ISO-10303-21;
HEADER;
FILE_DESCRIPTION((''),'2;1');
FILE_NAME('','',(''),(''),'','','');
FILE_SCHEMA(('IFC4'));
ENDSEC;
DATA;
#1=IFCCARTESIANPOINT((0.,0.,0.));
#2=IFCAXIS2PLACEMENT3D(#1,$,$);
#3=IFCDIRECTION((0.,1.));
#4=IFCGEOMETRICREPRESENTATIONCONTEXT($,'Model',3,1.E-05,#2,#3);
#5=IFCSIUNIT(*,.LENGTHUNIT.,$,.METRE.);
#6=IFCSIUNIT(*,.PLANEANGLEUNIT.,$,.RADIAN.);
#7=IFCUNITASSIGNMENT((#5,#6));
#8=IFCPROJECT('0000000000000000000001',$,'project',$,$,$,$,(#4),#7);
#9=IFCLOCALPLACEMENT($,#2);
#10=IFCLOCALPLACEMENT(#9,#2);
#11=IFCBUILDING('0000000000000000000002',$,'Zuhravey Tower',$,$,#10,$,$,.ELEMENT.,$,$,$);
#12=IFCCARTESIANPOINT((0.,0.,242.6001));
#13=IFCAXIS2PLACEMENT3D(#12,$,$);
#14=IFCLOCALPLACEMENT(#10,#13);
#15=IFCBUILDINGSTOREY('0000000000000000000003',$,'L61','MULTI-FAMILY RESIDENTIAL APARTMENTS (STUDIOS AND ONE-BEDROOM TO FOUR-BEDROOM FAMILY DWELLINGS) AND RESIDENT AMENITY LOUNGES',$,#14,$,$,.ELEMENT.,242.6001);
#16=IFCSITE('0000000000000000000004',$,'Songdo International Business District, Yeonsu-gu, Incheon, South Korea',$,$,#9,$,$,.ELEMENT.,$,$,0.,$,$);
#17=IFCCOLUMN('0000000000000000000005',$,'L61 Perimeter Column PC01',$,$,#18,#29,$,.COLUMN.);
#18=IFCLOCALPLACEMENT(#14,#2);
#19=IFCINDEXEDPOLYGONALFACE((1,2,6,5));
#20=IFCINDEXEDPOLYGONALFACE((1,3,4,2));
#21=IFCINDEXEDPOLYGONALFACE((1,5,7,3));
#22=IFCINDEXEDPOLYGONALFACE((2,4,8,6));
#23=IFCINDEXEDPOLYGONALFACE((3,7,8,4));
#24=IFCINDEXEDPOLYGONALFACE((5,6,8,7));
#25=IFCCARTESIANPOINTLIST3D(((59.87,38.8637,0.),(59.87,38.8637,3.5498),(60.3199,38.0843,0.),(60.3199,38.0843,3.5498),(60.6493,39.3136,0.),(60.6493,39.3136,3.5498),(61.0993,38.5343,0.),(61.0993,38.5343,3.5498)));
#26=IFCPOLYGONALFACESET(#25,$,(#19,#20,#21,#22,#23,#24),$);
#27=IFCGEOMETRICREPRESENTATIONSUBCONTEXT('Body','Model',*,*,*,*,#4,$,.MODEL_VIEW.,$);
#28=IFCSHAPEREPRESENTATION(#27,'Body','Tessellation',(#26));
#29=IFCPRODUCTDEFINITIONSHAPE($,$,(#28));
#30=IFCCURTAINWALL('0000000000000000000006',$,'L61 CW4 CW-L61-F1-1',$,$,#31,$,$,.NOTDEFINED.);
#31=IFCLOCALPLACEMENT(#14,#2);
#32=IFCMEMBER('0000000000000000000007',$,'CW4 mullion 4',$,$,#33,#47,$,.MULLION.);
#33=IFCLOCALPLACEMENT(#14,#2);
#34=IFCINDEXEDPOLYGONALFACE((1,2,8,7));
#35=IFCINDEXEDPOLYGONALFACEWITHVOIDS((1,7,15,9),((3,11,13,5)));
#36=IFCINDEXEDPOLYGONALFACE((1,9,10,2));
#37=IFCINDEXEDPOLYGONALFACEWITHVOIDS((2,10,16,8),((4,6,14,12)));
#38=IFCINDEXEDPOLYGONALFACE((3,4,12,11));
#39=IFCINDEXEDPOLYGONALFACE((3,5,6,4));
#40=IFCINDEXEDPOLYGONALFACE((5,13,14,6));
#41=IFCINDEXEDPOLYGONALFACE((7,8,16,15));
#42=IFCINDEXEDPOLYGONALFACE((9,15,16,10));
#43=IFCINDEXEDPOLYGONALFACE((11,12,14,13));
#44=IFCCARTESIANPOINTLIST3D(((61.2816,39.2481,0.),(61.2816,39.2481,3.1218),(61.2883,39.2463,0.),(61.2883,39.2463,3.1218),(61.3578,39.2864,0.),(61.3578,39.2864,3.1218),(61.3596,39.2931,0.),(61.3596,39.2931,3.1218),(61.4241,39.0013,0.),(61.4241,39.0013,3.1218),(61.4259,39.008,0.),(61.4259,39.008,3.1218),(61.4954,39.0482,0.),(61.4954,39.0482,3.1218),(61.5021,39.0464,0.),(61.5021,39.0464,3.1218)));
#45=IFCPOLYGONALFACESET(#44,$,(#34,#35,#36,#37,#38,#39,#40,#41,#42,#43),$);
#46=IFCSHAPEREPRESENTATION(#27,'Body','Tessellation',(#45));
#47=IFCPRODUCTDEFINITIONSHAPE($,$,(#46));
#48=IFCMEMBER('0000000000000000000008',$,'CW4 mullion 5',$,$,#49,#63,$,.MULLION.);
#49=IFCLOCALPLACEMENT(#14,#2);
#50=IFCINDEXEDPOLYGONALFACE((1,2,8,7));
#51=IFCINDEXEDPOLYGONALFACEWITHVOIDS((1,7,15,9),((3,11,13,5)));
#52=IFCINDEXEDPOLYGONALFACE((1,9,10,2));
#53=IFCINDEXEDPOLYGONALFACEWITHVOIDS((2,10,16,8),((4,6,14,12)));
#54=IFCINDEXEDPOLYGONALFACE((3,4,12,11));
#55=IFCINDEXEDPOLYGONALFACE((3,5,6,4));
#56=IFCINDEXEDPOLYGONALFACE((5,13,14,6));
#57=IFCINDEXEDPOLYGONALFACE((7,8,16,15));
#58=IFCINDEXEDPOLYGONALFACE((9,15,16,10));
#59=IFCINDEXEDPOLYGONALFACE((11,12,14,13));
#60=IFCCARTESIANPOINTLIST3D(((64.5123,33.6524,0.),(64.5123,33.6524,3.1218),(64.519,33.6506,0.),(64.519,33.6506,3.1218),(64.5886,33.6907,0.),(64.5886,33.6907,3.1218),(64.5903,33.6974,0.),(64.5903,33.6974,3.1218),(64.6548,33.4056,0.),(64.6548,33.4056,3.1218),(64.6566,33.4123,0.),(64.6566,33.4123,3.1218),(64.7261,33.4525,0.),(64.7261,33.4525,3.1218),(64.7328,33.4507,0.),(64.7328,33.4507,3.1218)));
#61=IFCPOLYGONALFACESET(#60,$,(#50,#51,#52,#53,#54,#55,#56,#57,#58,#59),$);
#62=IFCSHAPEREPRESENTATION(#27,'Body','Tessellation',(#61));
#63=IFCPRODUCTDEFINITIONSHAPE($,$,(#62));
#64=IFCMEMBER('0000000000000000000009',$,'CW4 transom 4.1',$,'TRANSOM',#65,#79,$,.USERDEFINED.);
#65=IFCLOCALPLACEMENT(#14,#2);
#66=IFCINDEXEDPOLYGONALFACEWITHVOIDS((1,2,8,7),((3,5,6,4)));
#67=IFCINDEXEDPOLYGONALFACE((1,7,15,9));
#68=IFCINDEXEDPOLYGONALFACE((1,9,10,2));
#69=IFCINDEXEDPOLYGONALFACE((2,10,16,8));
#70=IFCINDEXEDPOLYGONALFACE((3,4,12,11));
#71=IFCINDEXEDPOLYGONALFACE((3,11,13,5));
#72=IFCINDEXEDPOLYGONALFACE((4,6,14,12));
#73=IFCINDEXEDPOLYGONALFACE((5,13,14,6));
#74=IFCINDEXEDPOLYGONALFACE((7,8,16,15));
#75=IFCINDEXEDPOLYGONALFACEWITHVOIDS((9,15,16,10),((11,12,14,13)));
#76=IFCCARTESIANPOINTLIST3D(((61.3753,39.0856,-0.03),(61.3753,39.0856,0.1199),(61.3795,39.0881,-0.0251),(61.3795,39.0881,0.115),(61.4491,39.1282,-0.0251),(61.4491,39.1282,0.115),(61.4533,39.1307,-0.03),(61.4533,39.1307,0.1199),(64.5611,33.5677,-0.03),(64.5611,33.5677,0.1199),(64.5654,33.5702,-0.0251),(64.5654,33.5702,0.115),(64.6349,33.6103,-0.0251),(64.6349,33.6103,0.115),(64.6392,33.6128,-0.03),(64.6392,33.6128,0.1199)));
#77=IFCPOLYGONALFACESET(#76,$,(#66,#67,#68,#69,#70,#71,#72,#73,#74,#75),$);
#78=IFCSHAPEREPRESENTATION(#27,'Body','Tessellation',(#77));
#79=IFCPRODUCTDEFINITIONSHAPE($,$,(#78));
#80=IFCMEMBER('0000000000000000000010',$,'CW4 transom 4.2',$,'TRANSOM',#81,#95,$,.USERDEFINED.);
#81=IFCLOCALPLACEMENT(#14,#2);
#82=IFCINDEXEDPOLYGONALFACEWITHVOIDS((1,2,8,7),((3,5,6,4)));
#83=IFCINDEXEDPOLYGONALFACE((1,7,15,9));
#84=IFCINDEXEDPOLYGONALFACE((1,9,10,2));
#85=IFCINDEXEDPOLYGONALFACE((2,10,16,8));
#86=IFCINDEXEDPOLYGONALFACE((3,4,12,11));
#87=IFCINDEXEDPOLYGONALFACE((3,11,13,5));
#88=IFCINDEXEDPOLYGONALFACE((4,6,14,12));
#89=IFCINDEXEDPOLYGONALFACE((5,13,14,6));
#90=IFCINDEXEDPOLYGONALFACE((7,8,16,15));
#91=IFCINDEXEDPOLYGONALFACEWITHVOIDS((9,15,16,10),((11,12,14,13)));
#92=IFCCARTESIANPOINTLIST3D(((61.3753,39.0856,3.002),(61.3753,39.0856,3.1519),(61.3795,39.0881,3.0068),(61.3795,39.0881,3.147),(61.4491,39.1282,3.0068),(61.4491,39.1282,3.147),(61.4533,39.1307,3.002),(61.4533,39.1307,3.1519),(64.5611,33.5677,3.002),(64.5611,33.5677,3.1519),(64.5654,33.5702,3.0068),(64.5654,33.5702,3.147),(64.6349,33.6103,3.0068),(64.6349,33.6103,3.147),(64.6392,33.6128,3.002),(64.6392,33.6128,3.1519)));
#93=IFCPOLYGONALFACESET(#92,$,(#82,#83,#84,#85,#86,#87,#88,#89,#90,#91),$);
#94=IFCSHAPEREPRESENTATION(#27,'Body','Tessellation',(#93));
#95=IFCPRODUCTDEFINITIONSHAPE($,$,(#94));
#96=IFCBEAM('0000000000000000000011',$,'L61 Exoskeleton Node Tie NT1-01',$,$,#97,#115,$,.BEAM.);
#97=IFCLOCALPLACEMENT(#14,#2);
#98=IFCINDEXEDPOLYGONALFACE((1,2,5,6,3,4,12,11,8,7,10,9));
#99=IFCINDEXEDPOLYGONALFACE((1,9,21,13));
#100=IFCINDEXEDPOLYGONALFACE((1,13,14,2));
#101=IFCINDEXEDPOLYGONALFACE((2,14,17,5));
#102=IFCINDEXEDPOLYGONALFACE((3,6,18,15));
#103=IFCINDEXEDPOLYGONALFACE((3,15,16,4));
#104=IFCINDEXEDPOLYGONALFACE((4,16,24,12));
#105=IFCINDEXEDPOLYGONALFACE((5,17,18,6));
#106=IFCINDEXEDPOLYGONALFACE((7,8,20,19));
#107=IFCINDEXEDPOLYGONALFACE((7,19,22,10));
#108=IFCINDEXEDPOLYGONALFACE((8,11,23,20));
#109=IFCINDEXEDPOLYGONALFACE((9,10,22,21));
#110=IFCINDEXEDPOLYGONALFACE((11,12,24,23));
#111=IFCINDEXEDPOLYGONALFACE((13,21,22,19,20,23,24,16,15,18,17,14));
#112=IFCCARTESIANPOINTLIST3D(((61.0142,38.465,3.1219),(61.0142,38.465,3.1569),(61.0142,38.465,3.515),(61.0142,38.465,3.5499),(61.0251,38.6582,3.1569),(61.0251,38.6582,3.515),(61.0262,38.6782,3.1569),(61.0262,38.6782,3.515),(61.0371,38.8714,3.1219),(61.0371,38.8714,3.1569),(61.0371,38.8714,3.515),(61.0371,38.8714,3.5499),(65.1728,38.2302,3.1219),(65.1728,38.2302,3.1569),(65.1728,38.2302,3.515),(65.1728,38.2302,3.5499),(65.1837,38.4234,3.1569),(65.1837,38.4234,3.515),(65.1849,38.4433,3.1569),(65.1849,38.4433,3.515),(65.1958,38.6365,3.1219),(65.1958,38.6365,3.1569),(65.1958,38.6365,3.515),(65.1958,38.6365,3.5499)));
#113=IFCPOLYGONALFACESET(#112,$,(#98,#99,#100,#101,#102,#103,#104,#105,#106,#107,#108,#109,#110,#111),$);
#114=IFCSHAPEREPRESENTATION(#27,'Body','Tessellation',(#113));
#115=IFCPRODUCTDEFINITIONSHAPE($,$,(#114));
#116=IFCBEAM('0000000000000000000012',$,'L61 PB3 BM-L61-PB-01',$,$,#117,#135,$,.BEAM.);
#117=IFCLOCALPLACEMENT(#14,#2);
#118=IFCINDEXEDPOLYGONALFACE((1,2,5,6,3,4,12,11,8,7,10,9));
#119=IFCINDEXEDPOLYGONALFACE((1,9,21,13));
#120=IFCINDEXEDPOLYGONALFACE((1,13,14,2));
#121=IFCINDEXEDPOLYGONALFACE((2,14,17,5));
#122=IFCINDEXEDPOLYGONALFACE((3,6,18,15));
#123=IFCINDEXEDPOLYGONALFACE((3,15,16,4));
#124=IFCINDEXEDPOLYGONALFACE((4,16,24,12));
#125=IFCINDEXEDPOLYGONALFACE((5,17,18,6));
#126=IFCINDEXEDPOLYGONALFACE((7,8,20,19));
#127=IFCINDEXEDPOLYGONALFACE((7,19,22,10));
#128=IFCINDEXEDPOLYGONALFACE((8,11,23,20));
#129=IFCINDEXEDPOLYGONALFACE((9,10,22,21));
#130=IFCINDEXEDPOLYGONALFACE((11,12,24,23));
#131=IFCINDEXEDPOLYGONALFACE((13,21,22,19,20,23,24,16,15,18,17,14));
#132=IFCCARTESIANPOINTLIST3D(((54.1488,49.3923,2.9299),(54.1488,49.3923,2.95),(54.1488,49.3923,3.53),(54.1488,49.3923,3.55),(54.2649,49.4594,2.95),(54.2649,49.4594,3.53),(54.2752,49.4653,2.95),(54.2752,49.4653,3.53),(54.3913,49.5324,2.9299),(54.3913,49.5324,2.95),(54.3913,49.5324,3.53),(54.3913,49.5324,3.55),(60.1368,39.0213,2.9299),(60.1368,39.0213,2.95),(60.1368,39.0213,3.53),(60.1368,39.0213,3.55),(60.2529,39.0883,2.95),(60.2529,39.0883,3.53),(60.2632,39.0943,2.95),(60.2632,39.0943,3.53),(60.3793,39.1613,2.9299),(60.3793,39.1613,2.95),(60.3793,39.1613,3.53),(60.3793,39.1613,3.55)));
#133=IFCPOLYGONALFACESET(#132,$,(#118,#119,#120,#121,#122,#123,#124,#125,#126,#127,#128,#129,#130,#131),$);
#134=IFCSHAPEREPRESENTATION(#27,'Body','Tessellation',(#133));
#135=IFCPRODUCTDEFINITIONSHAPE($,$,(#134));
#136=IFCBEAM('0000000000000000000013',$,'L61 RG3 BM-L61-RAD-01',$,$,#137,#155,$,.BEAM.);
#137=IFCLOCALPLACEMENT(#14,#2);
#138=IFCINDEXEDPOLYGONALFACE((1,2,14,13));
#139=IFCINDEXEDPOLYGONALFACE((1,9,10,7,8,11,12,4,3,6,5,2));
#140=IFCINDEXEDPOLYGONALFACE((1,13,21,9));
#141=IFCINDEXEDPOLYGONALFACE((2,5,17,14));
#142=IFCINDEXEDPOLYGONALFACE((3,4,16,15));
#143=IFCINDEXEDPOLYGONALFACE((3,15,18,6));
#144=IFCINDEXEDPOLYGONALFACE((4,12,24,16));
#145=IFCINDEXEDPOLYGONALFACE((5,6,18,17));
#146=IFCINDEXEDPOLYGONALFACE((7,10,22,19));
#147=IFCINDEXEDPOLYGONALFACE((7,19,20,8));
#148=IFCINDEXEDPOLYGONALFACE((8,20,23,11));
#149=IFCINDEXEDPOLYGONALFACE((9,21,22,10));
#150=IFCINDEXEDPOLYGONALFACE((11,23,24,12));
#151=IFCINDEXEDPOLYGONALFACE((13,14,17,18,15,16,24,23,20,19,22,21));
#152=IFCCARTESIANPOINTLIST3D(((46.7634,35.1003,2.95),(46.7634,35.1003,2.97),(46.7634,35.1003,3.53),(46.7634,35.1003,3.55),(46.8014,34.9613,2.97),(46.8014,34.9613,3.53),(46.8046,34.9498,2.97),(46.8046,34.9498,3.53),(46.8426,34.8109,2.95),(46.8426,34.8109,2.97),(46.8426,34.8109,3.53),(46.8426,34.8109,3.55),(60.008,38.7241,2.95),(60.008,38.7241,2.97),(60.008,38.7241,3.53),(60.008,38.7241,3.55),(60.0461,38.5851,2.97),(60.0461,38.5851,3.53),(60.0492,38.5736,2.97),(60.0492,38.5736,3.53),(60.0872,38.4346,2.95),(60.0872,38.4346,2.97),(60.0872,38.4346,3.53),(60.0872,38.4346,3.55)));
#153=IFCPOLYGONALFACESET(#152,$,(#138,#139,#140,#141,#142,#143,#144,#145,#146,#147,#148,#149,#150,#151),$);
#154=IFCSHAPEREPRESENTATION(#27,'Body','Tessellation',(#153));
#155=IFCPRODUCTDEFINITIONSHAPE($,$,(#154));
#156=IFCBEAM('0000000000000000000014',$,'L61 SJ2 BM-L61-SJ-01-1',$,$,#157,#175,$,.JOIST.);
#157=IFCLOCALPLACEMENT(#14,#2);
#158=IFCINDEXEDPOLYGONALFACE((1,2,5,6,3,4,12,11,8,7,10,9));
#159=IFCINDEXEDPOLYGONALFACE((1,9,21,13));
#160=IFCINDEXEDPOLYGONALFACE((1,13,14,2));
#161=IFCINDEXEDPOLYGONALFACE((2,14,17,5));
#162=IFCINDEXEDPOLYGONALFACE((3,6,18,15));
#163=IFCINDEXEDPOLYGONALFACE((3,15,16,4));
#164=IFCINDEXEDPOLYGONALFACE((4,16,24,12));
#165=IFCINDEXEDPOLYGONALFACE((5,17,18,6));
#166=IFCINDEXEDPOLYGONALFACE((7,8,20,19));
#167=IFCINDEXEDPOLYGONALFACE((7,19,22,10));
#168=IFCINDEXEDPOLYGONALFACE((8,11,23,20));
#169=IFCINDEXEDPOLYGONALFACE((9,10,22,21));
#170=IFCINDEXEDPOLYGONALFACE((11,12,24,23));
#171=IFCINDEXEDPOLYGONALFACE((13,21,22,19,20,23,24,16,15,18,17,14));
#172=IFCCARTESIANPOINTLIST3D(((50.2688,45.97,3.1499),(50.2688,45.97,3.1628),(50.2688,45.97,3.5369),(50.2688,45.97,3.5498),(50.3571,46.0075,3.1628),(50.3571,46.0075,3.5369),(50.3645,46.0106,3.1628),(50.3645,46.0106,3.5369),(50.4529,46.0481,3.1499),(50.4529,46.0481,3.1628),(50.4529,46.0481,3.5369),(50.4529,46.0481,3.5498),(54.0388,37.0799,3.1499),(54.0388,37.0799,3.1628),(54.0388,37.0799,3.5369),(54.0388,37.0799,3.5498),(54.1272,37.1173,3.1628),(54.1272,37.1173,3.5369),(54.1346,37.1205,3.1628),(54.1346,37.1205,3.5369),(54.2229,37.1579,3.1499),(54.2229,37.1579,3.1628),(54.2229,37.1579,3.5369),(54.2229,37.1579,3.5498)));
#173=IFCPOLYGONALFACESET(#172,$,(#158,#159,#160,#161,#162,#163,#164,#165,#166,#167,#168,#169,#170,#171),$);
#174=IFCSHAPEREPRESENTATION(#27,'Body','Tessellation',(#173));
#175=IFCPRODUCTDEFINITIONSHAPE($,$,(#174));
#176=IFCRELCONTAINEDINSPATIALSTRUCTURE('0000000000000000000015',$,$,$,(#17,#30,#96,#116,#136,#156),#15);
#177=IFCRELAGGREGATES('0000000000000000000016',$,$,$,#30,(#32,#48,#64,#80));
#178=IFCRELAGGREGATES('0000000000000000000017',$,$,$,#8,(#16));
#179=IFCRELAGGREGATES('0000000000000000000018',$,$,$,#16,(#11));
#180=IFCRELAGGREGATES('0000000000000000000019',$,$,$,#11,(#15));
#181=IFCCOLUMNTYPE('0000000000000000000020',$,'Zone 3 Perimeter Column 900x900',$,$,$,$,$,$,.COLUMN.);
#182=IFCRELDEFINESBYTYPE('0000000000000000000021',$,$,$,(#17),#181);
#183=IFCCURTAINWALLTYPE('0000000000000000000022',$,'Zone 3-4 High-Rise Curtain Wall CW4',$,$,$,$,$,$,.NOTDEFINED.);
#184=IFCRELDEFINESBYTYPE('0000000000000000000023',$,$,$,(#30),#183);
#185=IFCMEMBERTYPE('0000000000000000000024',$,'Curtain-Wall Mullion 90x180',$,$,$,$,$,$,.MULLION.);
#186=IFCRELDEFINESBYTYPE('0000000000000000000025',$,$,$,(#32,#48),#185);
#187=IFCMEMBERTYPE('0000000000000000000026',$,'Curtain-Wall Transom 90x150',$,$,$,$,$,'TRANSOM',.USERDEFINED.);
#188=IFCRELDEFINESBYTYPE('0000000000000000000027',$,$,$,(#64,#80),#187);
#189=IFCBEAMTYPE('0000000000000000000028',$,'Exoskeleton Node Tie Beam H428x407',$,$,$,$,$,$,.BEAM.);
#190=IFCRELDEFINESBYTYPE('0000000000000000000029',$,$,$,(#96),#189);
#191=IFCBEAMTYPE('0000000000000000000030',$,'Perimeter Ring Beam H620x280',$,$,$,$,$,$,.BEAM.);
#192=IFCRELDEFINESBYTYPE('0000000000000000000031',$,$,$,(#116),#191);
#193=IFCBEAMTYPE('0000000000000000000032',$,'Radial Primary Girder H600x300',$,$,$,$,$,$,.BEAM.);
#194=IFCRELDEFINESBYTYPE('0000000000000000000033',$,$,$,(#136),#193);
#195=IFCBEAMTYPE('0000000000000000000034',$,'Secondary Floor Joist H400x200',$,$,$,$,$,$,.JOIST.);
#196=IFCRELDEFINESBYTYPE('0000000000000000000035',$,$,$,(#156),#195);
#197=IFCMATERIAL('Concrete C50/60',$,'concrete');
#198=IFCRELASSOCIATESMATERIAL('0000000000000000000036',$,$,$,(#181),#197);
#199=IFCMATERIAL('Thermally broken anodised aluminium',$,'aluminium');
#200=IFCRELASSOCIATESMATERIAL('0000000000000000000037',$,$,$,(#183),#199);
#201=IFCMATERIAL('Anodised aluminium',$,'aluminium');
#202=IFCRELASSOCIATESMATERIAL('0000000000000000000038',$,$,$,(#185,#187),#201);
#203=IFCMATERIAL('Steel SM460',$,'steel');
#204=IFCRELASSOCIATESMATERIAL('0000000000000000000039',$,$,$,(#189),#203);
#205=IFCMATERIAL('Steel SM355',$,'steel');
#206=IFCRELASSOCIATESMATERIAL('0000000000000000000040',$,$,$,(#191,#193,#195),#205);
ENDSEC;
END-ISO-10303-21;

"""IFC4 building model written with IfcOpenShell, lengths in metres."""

from ifc_helpers import new_model, si_unit, direction, frame, origin, origin_2d, place, context, subcontext, project, spatial, rectangle, hollow_rectangle, i_section, extrude, material, material_profile, profile_set, type_object, element, aggregate, save


model = new_model("IFC4")

# Units and contexts
model_context = context("Model", 3, precision=1e-05, world=origin(), true_north=direction((0.0, 1.0)))
body_context = subcontext(model_context, "Body", "Model", "MODEL_VIEW")
ifc_project = project(units=[si_unit("LENGTHUNIT", "METRE"), si_unit("PLANEANGLEUNIT", "RADIAN")], contexts=[model_context])

# Site, building, storey
site_placement = place(None, origin())
site = spatial("IfcSite", under=ifc_project, at=site_placement, Name="Songdo International Business District, Yeonsu-gu, Incheon, South Korea", CompositionType="ELEMENT", RefElevation=0.0)
building_placement = place(site_placement, origin())
building = spatial("IfcBuilding", under=site, at=building_placement, Name="Zuhravey Tower", CompositionType="ELEMENT")
storey_placement = place(building_placement, frame((0.0, 0.0, 242.6001)))
storey = spatial("IfcBuildingStorey", under=building, at=storey_placement, Name="L61", Description="MULTI-FAMILY RESIDENTIAL APARTMENTS (STUDIOS AND ONE-BEDROOM TO FOUR-BEDROOM FAMILY DWELLINGS) AND RESIDENT AMENITY LOUNGES", CompositionType="ELEMENT", Elevation=242.6001)

# Column
ifc_material_1 = material(Name="Concrete C50/60", Category="concrete")
ifc_material_profile_1 = material_profile(ifc_material_1, rectangle(XDim=0.8999, YDim=0.8999, at=origin_2d()), Name="RC-900x900")
ifc_profile_set_1 = profile_set([ifc_material_profile_1], Name="Concrete C50/60")
column_type = type_object("IfcColumnType", Name="Zone 3 Perimeter Column 900x900", PredefinedType="COLUMN", material=ifc_profile_set_1)
column_placement = place(storey_placement, frame((60.4846, 38.699, 0.0), z_axis=(0.0, 0.0, 1.0), x_axis=(-0.5, 0.866025, 0.0)))
element("IfcColumn", 1, at=column_placement, inside=storey, type_object=column_type, Name="L61 Perimeter Column PC01", PredefinedType="COLUMN", context=body_context, shape_type="SweptSolid", body=[
    extrude(rectangle(XDim=0.8999, YDim=0.8999, at=origin_2d()), origin(), (0.0, 0.0, 1.0), 3.5498),
])

# Curtain wall, members
ifc_material_2 = material(Name="Thermally broken anodised aluminium", Category="aluminium")
curtain_wall_type = type_object("IfcCurtainWallType", Name="Zone 3-4 High-Rise Curtain Wall CW4", PredefinedType="NOTDEFINED", material=ifc_material_2)
curtain_wall_placement = place(storey_placement, origin())
curtain_wall = element("IfcCurtainWall", 2, at=curtain_wall_placement, inside=storey, type_object=curtain_wall_type, Name="L61 CW4 CW-L61-F1-1", PredefinedType="NOTDEFINED")
ifc_material_3 = material(Name="Anodised aluminium", Category="aluminium")
ifc_material_profile_2 = material_profile(ifc_material_3, hollow_rectangle(XDim=0.0901, YDim=0.2849, WallThickness=0.0049, at=origin_2d()), Name="ALU-RHS-90x285x5")
ifc_profile_set_2 = profile_set([ifc_material_profile_2], Name="Anodised aluminium")
member_type_1 = type_object("IfcMemberType", Name="Curtain-Wall Mullion 90x180", PredefinedType="MULLION", material=ifc_profile_set_2)
member_1_placement = place(storey_placement, frame((61.3918, 39.1472, 0.0), z_axis=(0.0, 0.0, 1.0), x_axis=(0.866025, 0.500001, 0.0)))
member_1 = element("IfcMember", 3, at=member_1_placement, type_object=member_type_1, Name="CW4 mullion 4", PredefinedType="MULLION", context=body_context, shape_type="SweptSolid", body=[
    extrude(hollow_rectangle(XDim=0.0901, YDim=0.2849, WallThickness=0.0049, at=origin_2d()), origin(), (0.0, 0.0, 1.0), 3.1218),
])
member_2_placement = place(storey_placement, frame((64.6226, 33.5515, 0.0), z_axis=(0.0, 0.0, 1.0), x_axis=(0.866025, 0.500001, 0.0)))
member_2 = element("IfcMember", 4, at=member_2_placement, type_object=member_type_1, Name="CW4 mullion 5", PredefinedType="MULLION", context=body_context, shape_type="SweptSolid", body=[
    extrude(hollow_rectangle(XDim=0.0901, YDim=0.2849, WallThickness=0.0049, at=origin_2d()), origin(), (0.0, 0.0, 1.0), 3.1218),
])
ifc_material_profile_3 = material_profile(ifc_material_3, hollow_rectangle(XDim=0.0901, YDim=0.1499, WallThickness=0.0049, at=origin_2d()), Name="ALU-RHS-90x150x5")
ifc_profile_set_3 = profile_set([ifc_material_profile_3], Name="Anodised aluminium")
member_type_2 = type_object("IfcMemberType", Name="Curtain-Wall Transom 90x150", ElementType="TRANSOM", PredefinedType="USERDEFINED", material=ifc_profile_set_3)
member_3_placement = place(storey_placement, frame((61.4143, 39.1082, 0.0449), z_axis=(0.500009, -0.86602, 0.0), x_axis=(0.86602, 0.500009, 0.0)))
member_3 = element("IfcMember", 5, at=member_3_placement, type_object=member_type_2, Name="CW4 transom 4.1", ObjectType="TRANSOM", PredefinedType="USERDEFINED", context=body_context, shape_type="SweptSolid", body=[
    extrude(hollow_rectangle(XDim=0.0901, YDim=0.1499, WallThickness=0.0049, at=origin_2d()), origin(), (0.0, 0.0, 1.0), 6.3716),
])
member_4_placement = place(storey_placement, frame((61.4143, 39.1082, 3.0769), z_axis=(0.500009, -0.86602, 0.0), x_axis=(0.86602, 0.500009, 0.0)))
member_4 = element("IfcMember", 6, at=member_4_placement, type_object=member_type_2, Name="CW4 transom 4.2", ObjectType="TRANSOM", PredefinedType="USERDEFINED", context=body_context, shape_type="SweptSolid", body=[
    extrude(hollow_rectangle(XDim=0.0901, YDim=0.1499, WallThickness=0.0049, at=origin_2d()), origin(), (0.0, 0.0, 1.0), 6.3716),
])

# Beams
ifc_material_4 = material(Name="Steel SM460", Category="steel")
ifc_material_profile_4 = material_profile(ifc_material_4, i_section(OverallWidth=0.407, OverallDepth=0.428, WebThickness=0.02, FlangeThickness=0.0349, at=origin_2d()), Name="H-428x407x20x35")
ifc_profile_set_4 = profile_set([ifc_material_profile_4], Name="Steel SM460")
beam_type_1 = type_object("IfcBeamType", Name="Exoskeleton Node Tie Beam H428x407", PredefinedType="BEAM", material=ifc_profile_set_4)
beam_1_placement = place(storey_placement, frame((61.0256, 38.6682, 3.3359), z_axis=(0.998409, -0.056385, 0.0), x_axis=(0.056385, 0.998409, 0.0)))
element("IfcBeam", 7, at=beam_1_placement, inside=storey, type_object=beam_type_1, Name="L61 Exoskeleton Node Tie NT1-01", PredefinedType="BEAM", context=body_context, shape_type="SweptSolid", body=[
    extrude(i_section(OverallWidth=0.407, OverallDepth=0.428, WebThickness=0.02, FlangeThickness=0.0349, at=origin_2d()), origin(), (0.0, 0.0, 1.0), 4.1653),
])
ifc_material_5 = material(Name="Steel SM355", Category="steel")
ifc_material_profile_5 = material_profile(ifc_material_5, i_section(OverallWidth=0.28, OverallDepth=0.6201, WebThickness=0.012, FlangeThickness=0.02, at=origin_2d()), Name="H-620x280x12x20")
ifc_profile_set_5 = profile_set([ifc_material_profile_5], Name="Steel SM355")
beam_type_2 = type_object("IfcBeamType", Name="Perimeter Ring Beam H620x280", PredefinedType="BEAM", material=ifc_profile_set_5)
beam_2_placement = place(storey_placement, frame((60.2581, 39.0913, 3.24), z_axis=(-0.500018, 0.866015, 0.0), x_axis=(-0.866015, -0.500018, 0.0)))
element("IfcBeam", 8, at=beam_2_placement, inside=storey, type_object=beam_type_2, Name="L61 PB3 BM-L61-PB-01", PredefinedType="BEAM", context=body_context, shape_type="SweptSolid", body=[
    extrude(i_section(OverallWidth=0.28, OverallDepth=0.6201, WebThickness=0.012, FlangeThickness=0.02, at=origin_2d()), origin(), (0.0, 0.0, 1.0), 11.9756),
])
ifc_material_profile_6 = material_profile(ifc_material_5, i_section(OverallWidth=0.3, OverallDepth=0.6001, WebThickness=0.012, FlangeThickness=0.02, at=origin_2d()), Name="H-600x300x12x20")
ifc_profile_set_6 = profile_set([ifc_material_profile_6], Name="Steel SM355")
beam_type_3 = type_object("IfcBeamType", Name="Radial Primary Girder H600x300", PredefinedType="BEAM", material=ifc_profile_set_6)
beam_3_placement = place(storey_placement, frame((46.803, 34.9556, 3.25), z_axis=(0.964549, 0.263904, 0.0), x_axis=(-0.263904, 0.964549, 0.0)))
element("IfcBeam", 9, at=beam_3_placement, inside=storey, type_object=beam_type_3, Name="L61 RG3 BM-L61-RAD-01", PredefinedType="BEAM", context=body_context, shape_type="SweptSolid", body=[
    extrude(i_section(OverallWidth=0.3, OverallDepth=0.6001, WebThickness=0.012, FlangeThickness=0.02, at=origin_2d()), origin(), (0.0, 0.0, 1.0), 13.7314),
])
ifc_material_profile_7 = material_profile(ifc_material_5, i_section(OverallWidth=0.2, OverallDepth=0.3999, WebThickness=0.0081, FlangeThickness=0.0129, at=origin_2d()), Name="H-400x200x8x13")
ifc_profile_set_7 = profile_set([ifc_material_profile_7], Name="Steel SM355")
beam_type_4 = type_object("IfcBeamType", Name="Secondary Floor Joist H400x200", PredefinedType="JOIST", material=ifc_profile_set_7)
beam_4_placement = place(storey_placement, frame((54.1309, 37.1189, 3.3499), z_axis=(-0.390413, 0.92064, 0.0), x_axis=(-0.92064, -0.390413, 0.0)))
element("IfcBeam", 10, at=beam_4_placement, inside=storey, type_object=beam_type_4, Name="L61 SJ2 BM-L61-SJ-01-1", PredefinedType="JOIST", context=body_context, shape_type="SweptSolid", body=[
    extrude(i_section(OverallWidth=0.2, OverallDepth=0.3999, WebThickness=0.0081, FlangeThickness=0.0129, at=origin_2d()), origin(), (0.0, 0.0, 1.0), 9.6565),
])

aggregate(curtain_wall, [member_1, member_2, member_3, member_4])

save(model, "model.ifc")
